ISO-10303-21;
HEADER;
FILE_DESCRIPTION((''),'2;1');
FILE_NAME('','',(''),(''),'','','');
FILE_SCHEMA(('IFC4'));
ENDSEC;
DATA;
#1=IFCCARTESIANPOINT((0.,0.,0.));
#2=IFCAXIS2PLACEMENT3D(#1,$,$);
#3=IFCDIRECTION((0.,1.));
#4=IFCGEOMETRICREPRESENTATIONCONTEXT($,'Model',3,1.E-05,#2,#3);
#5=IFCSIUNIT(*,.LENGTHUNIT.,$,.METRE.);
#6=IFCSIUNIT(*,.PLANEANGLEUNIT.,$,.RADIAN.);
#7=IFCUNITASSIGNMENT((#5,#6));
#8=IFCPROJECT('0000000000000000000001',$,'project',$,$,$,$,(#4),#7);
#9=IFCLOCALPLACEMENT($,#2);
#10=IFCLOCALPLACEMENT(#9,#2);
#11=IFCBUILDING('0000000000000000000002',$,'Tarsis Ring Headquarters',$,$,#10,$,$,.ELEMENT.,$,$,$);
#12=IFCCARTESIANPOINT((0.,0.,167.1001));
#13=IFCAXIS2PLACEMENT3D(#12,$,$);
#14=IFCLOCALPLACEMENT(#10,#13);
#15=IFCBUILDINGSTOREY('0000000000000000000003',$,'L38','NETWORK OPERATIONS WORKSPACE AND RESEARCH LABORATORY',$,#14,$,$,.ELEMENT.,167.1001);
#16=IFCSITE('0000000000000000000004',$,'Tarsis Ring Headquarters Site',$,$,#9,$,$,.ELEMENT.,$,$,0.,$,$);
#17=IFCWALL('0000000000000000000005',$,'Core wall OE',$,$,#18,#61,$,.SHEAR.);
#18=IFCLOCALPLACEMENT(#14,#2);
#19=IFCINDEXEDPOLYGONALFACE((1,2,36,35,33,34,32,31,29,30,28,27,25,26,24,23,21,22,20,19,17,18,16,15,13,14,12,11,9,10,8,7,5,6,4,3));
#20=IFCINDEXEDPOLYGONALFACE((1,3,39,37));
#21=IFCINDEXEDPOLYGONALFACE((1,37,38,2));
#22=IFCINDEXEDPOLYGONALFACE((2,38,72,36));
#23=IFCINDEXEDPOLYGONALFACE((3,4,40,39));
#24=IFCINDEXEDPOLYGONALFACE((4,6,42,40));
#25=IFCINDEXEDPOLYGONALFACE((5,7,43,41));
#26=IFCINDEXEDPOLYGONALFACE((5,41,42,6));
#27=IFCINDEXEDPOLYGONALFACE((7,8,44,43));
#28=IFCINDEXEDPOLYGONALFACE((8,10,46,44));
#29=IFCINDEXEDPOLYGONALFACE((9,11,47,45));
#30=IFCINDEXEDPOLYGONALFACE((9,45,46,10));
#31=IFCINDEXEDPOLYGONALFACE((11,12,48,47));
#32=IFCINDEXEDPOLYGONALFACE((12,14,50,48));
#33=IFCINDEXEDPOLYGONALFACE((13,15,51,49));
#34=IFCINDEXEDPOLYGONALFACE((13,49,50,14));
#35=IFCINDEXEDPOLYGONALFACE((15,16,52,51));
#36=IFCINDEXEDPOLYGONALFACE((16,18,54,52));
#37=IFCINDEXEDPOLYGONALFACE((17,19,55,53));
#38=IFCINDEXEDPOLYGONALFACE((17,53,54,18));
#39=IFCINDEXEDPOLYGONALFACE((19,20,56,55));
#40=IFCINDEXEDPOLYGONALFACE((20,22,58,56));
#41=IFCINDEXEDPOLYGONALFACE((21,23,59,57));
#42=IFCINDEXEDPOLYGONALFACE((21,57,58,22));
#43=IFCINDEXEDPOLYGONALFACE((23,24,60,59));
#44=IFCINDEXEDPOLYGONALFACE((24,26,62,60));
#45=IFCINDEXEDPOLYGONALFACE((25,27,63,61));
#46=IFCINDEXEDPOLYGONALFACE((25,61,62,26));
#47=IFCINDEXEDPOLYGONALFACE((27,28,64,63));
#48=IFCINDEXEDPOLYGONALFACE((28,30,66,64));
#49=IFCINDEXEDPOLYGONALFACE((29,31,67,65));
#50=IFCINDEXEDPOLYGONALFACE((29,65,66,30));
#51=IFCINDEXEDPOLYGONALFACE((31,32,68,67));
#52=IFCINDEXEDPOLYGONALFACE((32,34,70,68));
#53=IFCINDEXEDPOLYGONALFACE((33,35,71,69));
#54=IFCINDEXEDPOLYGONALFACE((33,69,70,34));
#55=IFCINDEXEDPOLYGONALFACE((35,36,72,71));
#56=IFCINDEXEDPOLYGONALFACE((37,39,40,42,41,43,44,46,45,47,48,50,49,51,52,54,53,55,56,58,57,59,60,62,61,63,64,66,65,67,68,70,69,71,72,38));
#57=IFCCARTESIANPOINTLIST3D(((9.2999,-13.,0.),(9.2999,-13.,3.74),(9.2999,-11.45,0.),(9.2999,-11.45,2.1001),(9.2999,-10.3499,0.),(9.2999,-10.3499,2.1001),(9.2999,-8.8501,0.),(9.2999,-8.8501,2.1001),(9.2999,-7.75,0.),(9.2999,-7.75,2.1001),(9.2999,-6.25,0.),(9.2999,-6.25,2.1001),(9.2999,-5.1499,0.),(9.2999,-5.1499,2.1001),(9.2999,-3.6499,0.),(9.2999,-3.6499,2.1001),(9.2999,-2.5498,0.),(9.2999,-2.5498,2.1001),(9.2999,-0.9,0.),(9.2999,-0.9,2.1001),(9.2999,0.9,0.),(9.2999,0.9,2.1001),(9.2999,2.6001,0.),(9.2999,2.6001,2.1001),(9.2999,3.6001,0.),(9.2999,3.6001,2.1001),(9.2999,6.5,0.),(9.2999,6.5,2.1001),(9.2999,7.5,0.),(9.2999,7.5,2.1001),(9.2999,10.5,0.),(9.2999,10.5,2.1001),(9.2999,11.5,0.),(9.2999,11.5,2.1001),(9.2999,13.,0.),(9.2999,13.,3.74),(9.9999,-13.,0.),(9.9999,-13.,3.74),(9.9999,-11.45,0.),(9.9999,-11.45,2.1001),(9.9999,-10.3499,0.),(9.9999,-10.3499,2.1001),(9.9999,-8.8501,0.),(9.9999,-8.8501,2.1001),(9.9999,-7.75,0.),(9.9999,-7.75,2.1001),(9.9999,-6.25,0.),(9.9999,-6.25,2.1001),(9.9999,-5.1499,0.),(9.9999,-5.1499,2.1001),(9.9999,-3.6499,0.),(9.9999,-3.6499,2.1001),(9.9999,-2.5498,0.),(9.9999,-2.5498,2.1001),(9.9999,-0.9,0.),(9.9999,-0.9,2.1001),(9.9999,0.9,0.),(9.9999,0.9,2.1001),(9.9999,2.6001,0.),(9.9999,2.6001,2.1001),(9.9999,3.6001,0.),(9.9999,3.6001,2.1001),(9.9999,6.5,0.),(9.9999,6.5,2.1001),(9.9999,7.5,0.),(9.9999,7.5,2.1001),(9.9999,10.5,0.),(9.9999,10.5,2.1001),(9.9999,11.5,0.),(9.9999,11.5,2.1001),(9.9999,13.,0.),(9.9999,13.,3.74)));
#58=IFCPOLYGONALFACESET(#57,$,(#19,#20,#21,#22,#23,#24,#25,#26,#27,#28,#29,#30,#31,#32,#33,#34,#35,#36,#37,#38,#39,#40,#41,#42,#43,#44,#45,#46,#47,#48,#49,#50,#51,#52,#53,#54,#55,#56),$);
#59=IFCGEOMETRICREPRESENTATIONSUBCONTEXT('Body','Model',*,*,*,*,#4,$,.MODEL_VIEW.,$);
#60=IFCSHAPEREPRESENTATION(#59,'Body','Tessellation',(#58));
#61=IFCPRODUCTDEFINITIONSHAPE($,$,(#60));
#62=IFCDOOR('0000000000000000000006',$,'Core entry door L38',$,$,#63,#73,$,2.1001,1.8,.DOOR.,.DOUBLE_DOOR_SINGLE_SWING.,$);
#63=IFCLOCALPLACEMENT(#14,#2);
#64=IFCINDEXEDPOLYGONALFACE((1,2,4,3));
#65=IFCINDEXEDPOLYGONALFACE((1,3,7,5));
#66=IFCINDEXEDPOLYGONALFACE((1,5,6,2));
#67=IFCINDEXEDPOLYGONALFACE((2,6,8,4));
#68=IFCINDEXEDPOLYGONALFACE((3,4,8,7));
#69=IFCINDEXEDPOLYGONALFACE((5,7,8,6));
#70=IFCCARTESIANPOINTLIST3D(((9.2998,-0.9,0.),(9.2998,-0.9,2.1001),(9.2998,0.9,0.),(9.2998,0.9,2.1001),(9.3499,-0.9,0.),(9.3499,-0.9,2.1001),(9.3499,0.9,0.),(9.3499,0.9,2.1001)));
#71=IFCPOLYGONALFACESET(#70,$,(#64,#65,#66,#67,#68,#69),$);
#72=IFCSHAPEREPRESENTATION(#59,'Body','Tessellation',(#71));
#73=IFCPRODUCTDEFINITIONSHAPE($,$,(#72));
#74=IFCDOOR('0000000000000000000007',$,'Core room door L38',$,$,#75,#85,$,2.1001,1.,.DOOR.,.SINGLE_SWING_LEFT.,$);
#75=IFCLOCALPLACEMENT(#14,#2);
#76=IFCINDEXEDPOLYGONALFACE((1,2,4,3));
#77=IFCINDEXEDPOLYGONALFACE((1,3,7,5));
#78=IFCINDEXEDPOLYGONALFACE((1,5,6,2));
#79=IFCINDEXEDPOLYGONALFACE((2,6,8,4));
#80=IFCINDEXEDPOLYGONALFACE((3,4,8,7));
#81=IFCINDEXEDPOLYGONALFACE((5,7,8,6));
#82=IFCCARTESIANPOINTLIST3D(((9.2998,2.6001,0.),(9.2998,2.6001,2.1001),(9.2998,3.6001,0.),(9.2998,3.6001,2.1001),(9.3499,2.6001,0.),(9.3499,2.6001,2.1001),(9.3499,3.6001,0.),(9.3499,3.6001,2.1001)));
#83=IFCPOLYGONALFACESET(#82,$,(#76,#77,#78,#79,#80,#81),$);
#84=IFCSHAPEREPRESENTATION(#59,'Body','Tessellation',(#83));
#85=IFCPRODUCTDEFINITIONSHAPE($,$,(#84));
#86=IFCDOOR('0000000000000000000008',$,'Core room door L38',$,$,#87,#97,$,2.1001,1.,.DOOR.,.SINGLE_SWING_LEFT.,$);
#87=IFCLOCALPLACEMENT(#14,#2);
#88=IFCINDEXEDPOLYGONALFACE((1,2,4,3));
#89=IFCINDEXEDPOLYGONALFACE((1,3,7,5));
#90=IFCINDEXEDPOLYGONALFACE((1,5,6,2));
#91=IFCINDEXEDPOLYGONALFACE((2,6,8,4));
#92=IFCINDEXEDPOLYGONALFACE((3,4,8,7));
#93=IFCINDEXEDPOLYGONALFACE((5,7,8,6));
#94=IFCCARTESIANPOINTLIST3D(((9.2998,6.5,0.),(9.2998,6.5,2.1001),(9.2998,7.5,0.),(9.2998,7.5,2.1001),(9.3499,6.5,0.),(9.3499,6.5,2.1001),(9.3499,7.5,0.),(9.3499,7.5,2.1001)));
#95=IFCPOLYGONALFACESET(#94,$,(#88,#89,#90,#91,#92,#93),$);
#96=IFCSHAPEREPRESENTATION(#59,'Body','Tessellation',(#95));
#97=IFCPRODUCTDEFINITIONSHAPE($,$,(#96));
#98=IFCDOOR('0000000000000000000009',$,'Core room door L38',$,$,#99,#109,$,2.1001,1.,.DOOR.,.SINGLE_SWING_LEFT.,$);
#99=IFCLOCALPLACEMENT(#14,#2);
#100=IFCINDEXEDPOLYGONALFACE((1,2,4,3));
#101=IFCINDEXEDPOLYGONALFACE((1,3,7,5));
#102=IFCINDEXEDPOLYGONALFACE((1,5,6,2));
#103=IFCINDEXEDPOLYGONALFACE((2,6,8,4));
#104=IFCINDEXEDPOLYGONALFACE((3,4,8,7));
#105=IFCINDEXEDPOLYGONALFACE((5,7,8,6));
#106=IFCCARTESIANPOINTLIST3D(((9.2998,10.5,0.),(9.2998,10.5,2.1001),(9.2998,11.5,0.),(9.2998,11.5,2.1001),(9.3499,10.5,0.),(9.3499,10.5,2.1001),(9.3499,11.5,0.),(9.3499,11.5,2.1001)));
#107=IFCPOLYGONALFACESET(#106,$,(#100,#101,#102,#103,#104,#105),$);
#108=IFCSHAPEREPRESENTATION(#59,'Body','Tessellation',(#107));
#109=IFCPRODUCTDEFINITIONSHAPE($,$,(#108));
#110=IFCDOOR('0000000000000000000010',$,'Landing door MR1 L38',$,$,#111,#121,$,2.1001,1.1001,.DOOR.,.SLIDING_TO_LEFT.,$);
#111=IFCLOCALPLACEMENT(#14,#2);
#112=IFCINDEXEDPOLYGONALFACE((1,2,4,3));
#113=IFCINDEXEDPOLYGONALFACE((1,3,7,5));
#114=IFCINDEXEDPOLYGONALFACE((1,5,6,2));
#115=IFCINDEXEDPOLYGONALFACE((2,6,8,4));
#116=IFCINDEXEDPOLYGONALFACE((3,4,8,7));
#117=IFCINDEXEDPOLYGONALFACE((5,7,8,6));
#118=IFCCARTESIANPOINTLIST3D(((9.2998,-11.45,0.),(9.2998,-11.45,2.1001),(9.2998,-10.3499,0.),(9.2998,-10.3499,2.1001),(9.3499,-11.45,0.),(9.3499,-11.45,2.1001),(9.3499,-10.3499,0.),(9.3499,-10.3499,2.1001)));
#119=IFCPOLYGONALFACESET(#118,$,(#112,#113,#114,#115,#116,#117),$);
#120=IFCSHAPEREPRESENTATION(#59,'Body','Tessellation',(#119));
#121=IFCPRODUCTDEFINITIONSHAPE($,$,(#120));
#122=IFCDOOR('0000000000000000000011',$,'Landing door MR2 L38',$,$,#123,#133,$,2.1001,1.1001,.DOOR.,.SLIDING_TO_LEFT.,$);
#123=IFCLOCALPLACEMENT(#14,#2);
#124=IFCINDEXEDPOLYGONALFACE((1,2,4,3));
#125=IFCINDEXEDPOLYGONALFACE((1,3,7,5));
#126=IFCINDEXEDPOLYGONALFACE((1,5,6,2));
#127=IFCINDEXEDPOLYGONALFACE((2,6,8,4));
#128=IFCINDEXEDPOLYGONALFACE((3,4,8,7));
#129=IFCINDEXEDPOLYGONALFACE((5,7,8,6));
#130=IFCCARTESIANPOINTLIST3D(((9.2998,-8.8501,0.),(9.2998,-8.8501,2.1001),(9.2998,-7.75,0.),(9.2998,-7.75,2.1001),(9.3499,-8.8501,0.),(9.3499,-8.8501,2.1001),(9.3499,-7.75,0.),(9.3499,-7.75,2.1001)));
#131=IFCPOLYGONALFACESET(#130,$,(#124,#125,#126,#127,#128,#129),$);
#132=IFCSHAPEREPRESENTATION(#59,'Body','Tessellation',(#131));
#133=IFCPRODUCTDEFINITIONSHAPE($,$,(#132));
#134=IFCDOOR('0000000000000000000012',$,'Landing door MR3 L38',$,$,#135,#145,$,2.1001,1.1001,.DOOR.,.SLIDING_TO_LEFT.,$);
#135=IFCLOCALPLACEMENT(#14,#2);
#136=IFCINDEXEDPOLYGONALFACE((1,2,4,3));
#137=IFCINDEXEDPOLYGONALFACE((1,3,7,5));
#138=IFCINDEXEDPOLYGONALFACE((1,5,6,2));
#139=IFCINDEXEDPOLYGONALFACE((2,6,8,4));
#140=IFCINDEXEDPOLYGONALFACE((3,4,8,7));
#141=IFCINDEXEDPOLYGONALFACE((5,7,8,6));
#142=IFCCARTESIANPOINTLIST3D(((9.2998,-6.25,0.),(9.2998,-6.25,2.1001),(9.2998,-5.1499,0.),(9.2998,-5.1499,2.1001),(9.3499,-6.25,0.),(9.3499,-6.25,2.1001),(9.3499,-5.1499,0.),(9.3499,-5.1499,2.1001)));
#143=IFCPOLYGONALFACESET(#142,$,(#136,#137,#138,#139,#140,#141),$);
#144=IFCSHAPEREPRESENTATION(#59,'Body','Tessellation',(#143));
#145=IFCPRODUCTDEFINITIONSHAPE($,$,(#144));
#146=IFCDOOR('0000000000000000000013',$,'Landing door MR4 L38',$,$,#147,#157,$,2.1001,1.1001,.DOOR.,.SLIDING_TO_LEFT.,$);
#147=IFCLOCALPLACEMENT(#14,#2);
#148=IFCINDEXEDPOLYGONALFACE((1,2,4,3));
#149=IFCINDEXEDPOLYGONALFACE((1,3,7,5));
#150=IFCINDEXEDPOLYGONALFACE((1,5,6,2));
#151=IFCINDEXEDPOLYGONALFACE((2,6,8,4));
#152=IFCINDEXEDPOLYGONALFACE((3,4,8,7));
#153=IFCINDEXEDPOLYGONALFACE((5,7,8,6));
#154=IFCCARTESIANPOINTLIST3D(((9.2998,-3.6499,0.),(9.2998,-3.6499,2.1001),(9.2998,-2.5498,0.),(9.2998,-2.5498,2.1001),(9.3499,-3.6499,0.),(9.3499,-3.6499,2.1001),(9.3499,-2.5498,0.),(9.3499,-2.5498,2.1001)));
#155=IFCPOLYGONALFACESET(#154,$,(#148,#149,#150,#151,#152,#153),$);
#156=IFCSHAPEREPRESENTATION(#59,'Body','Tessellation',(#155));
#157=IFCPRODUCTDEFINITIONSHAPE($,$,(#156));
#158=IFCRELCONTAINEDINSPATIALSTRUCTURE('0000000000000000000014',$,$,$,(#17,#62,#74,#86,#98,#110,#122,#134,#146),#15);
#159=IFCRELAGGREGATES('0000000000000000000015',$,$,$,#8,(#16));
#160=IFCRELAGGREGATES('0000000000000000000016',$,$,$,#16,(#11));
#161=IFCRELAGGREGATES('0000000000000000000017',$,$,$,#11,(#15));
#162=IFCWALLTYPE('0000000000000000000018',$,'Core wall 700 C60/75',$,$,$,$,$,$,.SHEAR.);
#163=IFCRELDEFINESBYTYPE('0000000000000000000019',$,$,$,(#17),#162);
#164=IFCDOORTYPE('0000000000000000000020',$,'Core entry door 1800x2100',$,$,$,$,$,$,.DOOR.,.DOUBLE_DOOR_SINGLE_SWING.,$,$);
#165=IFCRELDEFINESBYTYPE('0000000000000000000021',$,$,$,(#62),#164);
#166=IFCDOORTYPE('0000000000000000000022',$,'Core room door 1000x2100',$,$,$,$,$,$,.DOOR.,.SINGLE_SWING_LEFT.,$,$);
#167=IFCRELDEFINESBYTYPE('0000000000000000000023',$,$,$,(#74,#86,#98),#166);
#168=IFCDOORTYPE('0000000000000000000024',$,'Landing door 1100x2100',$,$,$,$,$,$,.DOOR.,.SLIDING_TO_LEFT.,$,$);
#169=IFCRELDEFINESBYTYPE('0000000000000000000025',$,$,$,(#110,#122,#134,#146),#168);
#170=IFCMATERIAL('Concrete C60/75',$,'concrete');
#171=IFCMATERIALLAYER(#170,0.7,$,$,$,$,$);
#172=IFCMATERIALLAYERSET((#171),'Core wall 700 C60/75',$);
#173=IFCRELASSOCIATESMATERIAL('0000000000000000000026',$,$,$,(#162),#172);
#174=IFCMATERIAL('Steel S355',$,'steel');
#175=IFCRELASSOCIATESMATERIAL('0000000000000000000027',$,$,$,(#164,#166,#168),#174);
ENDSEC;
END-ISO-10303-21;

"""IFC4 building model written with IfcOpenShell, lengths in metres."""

from ifc_helpers import new_model, si_unit, direction, frame, frame_2d, origin, place, context, subcontext, project, spatial, rectangle, extrude, material, layer, layer_set, type_object, element, fill, save


model = new_model("IFC4")

# Units and contexts
model_context = context("Model", 3, precision=1e-05, world=origin(), true_north=direction((0.0, 1.0)))
body_context = subcontext(model_context, "Body", "Model", "MODEL_VIEW")
ifc_project = project(units=[si_unit("LENGTHUNIT", "METRE"), si_unit("PLANEANGLEUNIT", "RADIAN")], contexts=[model_context])

# Site, building, storey
site_placement = place(None, origin())
site = spatial("IfcSite", under=ifc_project, at=site_placement, Name="Tarsis Ring Headquarters Site", CompositionType="ELEMENT", RefElevation=0.0)
building_placement = place(site_placement, origin())
building = spatial("IfcBuilding", under=site, at=building_placement, Name="Tarsis Ring Headquarters", CompositionType="ELEMENT")
storey_placement = place(building_placement, frame((0.0, 0.0, 167.1001)))
storey = spatial("IfcBuildingStorey", under=building, at=storey_placement, Name="L38", Description="NETWORK OPERATIONS WORKSPACE AND RESEARCH LABORATORY", CompositionType="ELEMENT", Elevation=167.1001)

# Wall, openings, doors
ifc_material_1 = material(Name="Concrete C60/75", Category="concrete")
ifc_layer_1 = layer(ifc_material_1, 0.7)
ifc_layer_set_1 = layer_set([ifc_layer_1], Name="Core wall 700 C60/75")
wall_type_1 = type_object("IfcWallType", Name="Core wall 700 C60/75", PredefinedType="SHEAR", material=ifc_layer_set_1)
wall_1_placement = place(storey_placement, frame((9.6499, -13.0, 0.0), z_axis=(0.0, 0.0, 1.0), x_axis=(0.0, 1.0, 0.0)))
wall_1 = element("IfcWall", 1, at=wall_1_placement, inside=storey, type_object=wall_type_1, Name="Core wall OE", PredefinedType="SHEAR", context=body_context, shape_type="SweptSolid", body=[
    extrude(rectangle(XDim=26.0, YDim=0.7, at=frame_2d((13.0, 0.0))), origin(), (0.0, 0.0, 1.0), 3.74),
])
opening_1_placement = place(wall_1_placement, frame((1.55, 0.0, 0.0)))
opening_1 = element("IfcOpeningElement", 2, at=opening_1_placement, cuts=wall_1, PredefinedType="OPENING", context=body_context, shape_type="SweptSolid", body=[
    extrude(rectangle(XDim=1.1001, YDim=2.1001, at=frame_2d((0.55, 1.05))), frame((0.0, 0.3599, 0.0), z_axis=(0.0, -1.0, 0.0), x_axis=(1.0, 0.0, 0.0)), (0.0, 0.0, 1.0), 0.72),
])
opening_2_placement = place(wall_1_placement, frame((4.1499, 0.0, 0.0)))
opening_2 = element("IfcOpeningElement", 3, at=opening_2_placement, cuts=wall_1, PredefinedType="OPENING", context=body_context, shape_type="SweptSolid", body=[
    extrude(rectangle(XDim=1.1001, YDim=2.1001, at=frame_2d((0.55, 1.05))), frame((0.0, 0.3599, 0.0), z_axis=(0.0, -1.0, 0.0), x_axis=(1.0, 0.0, 0.0)), (0.0, 0.0, 1.0), 0.72),
])
opening_3_placement = place(wall_1_placement, frame((6.75, 0.0, 0.0)))
opening_3 = element("IfcOpeningElement", 4, at=opening_3_placement, cuts=wall_1, PredefinedType="OPENING", context=body_context, shape_type="SweptSolid", body=[
    extrude(rectangle(XDim=1.1001, YDim=2.1001, at=frame_2d((0.55, 1.05))), frame((0.0, 0.3599, 0.0), z_axis=(0.0, -1.0, 0.0), x_axis=(1.0, 0.0, 0.0)), (0.0, 0.0, 1.0), 0.72),
])
opening_4_placement = place(wall_1_placement, frame((9.3501, 0.0, 0.0)))
opening_4 = element("IfcOpeningElement", 5, at=opening_4_placement, cuts=wall_1, PredefinedType="OPENING", context=body_context, shape_type="SweptSolid", body=[
    extrude(rectangle(XDim=1.1001, YDim=2.1001, at=frame_2d((0.55, 1.05))), frame((0.0, 0.3599, 0.0), z_axis=(0.0, -1.0, 0.0), x_axis=(1.0, 0.0, 0.0)), (0.0, 0.0, 1.0), 0.72),
])
opening_5_placement = place(wall_1_placement, frame((12.1001, 0.0, 0.0)))
opening_5 = element("IfcOpeningElement", 6, at=opening_5_placement, cuts=wall_1, PredefinedType="OPENING", context=body_context, shape_type="SweptSolid", body=[
    extrude(rectangle(XDim=1.8, YDim=2.1001, at=frame_2d((0.8999, 1.05))), frame((0.0, 0.3599, 0.0), z_axis=(0.0, -1.0, 0.0), x_axis=(1.0, 0.0, 0.0)), (0.0, 0.0, 1.0), 0.72),
])
opening_6_placement = place(wall_1_placement, frame((15.6001, 0.0, 0.0)))
opening_6 = element("IfcOpeningElement", 7, at=opening_6_placement, cuts=wall_1, PredefinedType="OPENING", context=body_context, shape_type="SweptSolid", body=[
    extrude(rectangle(XDim=1.0, YDim=2.1001, at=frame_2d((0.5, 1.05))), frame((0.0, 0.3599, 0.0), z_axis=(0.0, -1.0, 0.0), x_axis=(1.0, 0.0, 0.0)), (0.0, 0.0, 1.0), 0.72),
])
opening_7_placement = place(wall_1_placement, frame((19.5, 0.0, 0.0)))
opening_7 = element("IfcOpeningElement", 8, at=opening_7_placement, cuts=wall_1, PredefinedType="OPENING", context=body_context, shape_type="SweptSolid", body=[
    extrude(rectangle(XDim=1.0, YDim=2.1001, at=frame_2d((0.5, 1.05))), frame((0.0, 0.3599, 0.0), z_axis=(0.0, -1.0, 0.0), x_axis=(1.0, 0.0, 0.0)), (0.0, 0.0, 1.0), 0.72),
])
opening_8_placement = place(wall_1_placement, frame((23.5, 0.0, 0.0)))
opening_8 = element("IfcOpeningElement", 9, at=opening_8_placement, cuts=wall_1, PredefinedType="OPENING", context=body_context, shape_type="SweptSolid", body=[
    extrude(rectangle(XDim=1.0, YDim=2.1001, at=frame_2d((0.5, 1.05))), frame((0.0, 0.3599, 0.0), z_axis=(0.0, -1.0, 0.0), x_axis=(1.0, 0.0, 0.0)), (0.0, 0.0, 1.0), 0.72),
])
ifc_material_2 = material(Name="Steel S355", Category="steel")
door_type_1 = type_object("IfcDoorType", Name="Core entry door 1800x2100", OperationType="DOUBLE_DOOR_SINGLE_SWING", PredefinedType="DOOR", material=ifc_material_2)
door_1_placement = place(opening_5_placement, origin())
door_1 = element("IfcDoor", 10, at=door_1_placement, inside=storey, type_object=door_type_1, Name="Core entry door L38", OperationType="DOUBLE_DOOR_SINGLE_SWING", OverallHeight=2.1001, OverallWidth=1.8, PredefinedType="DOOR", context=body_context, shape_type="SweptSolid", body=[
    extrude(rectangle(XDim=1.8, YDim=2.1001, at=frame_2d((0.8999, 1.05))), frame((0.0, 0.3501, 0.0), z_axis=(0.0, -1.0, 0.0), x_axis=(1.0, 0.0, 0.0)), (0.0, 0.0, 1.0), 0.05),
])
fill(opening_5, door_1)
door_type_2 = type_object("IfcDoorType", Name="Core room door 1000x2100", OperationType="SINGLE_SWING_LEFT", PredefinedType="DOOR", material=ifc_material_2)
door_2_placement = place(opening_6_placement, origin())
door_2 = element("IfcDoor", 11, at=door_2_placement, inside=storey, type_object=door_type_2, Name="Core room door L38", OperationType="SINGLE_SWING_LEFT", OverallHeight=2.1001, OverallWidth=1.0, PredefinedType="DOOR", context=body_context, shape_type="SweptSolid", body=[
    extrude(rectangle(XDim=1.0, YDim=2.1001, at=frame_2d((0.5, 1.05))), frame((0.0, 0.3501, 0.0), z_axis=(0.0, -1.0, 0.0), x_axis=(1.0, 0.0, 0.0)), (0.0, 0.0, 1.0), 0.05),
])
fill(opening_6, door_2)
door_3_placement = place(opening_7_placement, origin())
door_3 = element("IfcDoor", 12, at=door_3_placement, inside=storey, type_object=door_type_2, Name="Core room door L38", OperationType="SINGLE_SWING_LEFT", OverallHeight=2.1001, OverallWidth=1.0, PredefinedType="DOOR", context=body_context, shape_type="SweptSolid", body=[
    extrude(rectangle(XDim=1.0, YDim=2.1001, at=frame_2d((0.5, 1.05))), frame((0.0, 0.3501, 0.0), z_axis=(0.0, -1.0, 0.0), x_axis=(1.0, 0.0, 0.0)), (0.0, 0.0, 1.0), 0.05),
])
fill(opening_7, door_3)
door_4_placement = place(opening_8_placement, origin())
door_4 = element("IfcDoor", 13, at=door_4_placement, inside=storey, type_object=door_type_2, Name="Core room door L38", OperationType="SINGLE_SWING_LEFT", OverallHeight=2.1001, OverallWidth=1.0, PredefinedType="DOOR", context=body_context, shape_type="SweptSolid", body=[
    extrude(rectangle(XDim=1.0, YDim=2.1001, at=frame_2d((0.5, 1.05))), frame((0.0, 0.3501, 0.0), z_axis=(0.0, -1.0, 0.0), x_axis=(1.0, 0.0, 0.0)), (0.0, 0.0, 1.0), 0.05),
])
fill(opening_8, door_4)
door_type_3 = type_object("IfcDoorType", Name="Landing door 1100x2100", OperationType="SLIDING_TO_LEFT", PredefinedType="DOOR", material=ifc_material_2)
door_5_placement = place(opening_1_placement, origin())
door_5 = element("IfcDoor", 14, at=door_5_placement, inside=storey, type_object=door_type_3, Name="Landing door MR1 L38", OperationType="SLIDING_TO_LEFT", OverallHeight=2.1001, OverallWidth=1.1001, PredefinedType="DOOR", context=body_context, shape_type="SweptSolid", body=[
    extrude(rectangle(XDim=1.1001, YDim=2.1001, at=frame_2d((0.55, 1.05))), frame((0.0, 0.3501, 0.0), z_axis=(0.0, -1.0, 0.0), x_axis=(1.0, 0.0, 0.0)), (0.0, 0.0, 1.0), 0.05),
])
fill(opening_1, door_5)
door_6_placement = place(opening_2_placement, origin())
door_6 = element("IfcDoor", 15, at=door_6_placement, inside=storey, type_object=door_type_3, Name="Landing door MR2 L38", OperationType="SLIDING_TO_LEFT", OverallHeight=2.1001, OverallWidth=1.1001, PredefinedType="DOOR", context=body_context, shape_type="SweptSolid", body=[
    extrude(rectangle(XDim=1.1001, YDim=2.1001, at=frame_2d((0.55, 1.05))), frame((0.0, 0.3501, 0.0), z_axis=(0.0, -1.0, 0.0), x_axis=(1.0, 0.0, 0.0)), (0.0, 0.0, 1.0), 0.05),
])
fill(opening_2, door_6)
door_7_placement = place(opening_3_placement, origin())
door_7 = element("IfcDoor", 16, at=door_7_placement, inside=storey, type_object=door_type_3, Name="Landing door MR3 L38", OperationType="SLIDING_TO_LEFT", OverallHeight=2.1001, OverallWidth=1.1001, PredefinedType="DOOR", context=body_context, shape_type="SweptSolid", body=[
    extrude(rectangle(XDim=1.1001, YDim=2.1001, at=frame_2d((0.55, 1.05))), frame((0.0, 0.3501, 0.0), z_axis=(0.0, -1.0, 0.0), x_axis=(1.0, 0.0, 0.0)), (0.0, 0.0, 1.0), 0.05),
])
fill(opening_3, door_7)
door_8_placement = place(opening_4_placement, origin())
door_8 = element("IfcDoor", 17, at=door_8_placement, inside=storey, type_object=door_type_3, Name="Landing door MR4 L38", OperationType="SLIDING_TO_LEFT", OverallHeight=2.1001, OverallWidth=1.1001, PredefinedType="DOOR", context=body_context, shape_type="SweptSolid", body=[
    extrude(rectangle(XDim=1.1001, YDim=2.1001, at=frame_2d((0.55, 1.05))), frame((0.0, 0.3501, 0.0), z_axis=(0.0, -1.0, 0.0), x_axis=(1.0, 0.0, 0.0)), (0.0, 0.0, 1.0), 0.05),
])
fill(opening_4, door_8)

save(model, "model.ifc")
